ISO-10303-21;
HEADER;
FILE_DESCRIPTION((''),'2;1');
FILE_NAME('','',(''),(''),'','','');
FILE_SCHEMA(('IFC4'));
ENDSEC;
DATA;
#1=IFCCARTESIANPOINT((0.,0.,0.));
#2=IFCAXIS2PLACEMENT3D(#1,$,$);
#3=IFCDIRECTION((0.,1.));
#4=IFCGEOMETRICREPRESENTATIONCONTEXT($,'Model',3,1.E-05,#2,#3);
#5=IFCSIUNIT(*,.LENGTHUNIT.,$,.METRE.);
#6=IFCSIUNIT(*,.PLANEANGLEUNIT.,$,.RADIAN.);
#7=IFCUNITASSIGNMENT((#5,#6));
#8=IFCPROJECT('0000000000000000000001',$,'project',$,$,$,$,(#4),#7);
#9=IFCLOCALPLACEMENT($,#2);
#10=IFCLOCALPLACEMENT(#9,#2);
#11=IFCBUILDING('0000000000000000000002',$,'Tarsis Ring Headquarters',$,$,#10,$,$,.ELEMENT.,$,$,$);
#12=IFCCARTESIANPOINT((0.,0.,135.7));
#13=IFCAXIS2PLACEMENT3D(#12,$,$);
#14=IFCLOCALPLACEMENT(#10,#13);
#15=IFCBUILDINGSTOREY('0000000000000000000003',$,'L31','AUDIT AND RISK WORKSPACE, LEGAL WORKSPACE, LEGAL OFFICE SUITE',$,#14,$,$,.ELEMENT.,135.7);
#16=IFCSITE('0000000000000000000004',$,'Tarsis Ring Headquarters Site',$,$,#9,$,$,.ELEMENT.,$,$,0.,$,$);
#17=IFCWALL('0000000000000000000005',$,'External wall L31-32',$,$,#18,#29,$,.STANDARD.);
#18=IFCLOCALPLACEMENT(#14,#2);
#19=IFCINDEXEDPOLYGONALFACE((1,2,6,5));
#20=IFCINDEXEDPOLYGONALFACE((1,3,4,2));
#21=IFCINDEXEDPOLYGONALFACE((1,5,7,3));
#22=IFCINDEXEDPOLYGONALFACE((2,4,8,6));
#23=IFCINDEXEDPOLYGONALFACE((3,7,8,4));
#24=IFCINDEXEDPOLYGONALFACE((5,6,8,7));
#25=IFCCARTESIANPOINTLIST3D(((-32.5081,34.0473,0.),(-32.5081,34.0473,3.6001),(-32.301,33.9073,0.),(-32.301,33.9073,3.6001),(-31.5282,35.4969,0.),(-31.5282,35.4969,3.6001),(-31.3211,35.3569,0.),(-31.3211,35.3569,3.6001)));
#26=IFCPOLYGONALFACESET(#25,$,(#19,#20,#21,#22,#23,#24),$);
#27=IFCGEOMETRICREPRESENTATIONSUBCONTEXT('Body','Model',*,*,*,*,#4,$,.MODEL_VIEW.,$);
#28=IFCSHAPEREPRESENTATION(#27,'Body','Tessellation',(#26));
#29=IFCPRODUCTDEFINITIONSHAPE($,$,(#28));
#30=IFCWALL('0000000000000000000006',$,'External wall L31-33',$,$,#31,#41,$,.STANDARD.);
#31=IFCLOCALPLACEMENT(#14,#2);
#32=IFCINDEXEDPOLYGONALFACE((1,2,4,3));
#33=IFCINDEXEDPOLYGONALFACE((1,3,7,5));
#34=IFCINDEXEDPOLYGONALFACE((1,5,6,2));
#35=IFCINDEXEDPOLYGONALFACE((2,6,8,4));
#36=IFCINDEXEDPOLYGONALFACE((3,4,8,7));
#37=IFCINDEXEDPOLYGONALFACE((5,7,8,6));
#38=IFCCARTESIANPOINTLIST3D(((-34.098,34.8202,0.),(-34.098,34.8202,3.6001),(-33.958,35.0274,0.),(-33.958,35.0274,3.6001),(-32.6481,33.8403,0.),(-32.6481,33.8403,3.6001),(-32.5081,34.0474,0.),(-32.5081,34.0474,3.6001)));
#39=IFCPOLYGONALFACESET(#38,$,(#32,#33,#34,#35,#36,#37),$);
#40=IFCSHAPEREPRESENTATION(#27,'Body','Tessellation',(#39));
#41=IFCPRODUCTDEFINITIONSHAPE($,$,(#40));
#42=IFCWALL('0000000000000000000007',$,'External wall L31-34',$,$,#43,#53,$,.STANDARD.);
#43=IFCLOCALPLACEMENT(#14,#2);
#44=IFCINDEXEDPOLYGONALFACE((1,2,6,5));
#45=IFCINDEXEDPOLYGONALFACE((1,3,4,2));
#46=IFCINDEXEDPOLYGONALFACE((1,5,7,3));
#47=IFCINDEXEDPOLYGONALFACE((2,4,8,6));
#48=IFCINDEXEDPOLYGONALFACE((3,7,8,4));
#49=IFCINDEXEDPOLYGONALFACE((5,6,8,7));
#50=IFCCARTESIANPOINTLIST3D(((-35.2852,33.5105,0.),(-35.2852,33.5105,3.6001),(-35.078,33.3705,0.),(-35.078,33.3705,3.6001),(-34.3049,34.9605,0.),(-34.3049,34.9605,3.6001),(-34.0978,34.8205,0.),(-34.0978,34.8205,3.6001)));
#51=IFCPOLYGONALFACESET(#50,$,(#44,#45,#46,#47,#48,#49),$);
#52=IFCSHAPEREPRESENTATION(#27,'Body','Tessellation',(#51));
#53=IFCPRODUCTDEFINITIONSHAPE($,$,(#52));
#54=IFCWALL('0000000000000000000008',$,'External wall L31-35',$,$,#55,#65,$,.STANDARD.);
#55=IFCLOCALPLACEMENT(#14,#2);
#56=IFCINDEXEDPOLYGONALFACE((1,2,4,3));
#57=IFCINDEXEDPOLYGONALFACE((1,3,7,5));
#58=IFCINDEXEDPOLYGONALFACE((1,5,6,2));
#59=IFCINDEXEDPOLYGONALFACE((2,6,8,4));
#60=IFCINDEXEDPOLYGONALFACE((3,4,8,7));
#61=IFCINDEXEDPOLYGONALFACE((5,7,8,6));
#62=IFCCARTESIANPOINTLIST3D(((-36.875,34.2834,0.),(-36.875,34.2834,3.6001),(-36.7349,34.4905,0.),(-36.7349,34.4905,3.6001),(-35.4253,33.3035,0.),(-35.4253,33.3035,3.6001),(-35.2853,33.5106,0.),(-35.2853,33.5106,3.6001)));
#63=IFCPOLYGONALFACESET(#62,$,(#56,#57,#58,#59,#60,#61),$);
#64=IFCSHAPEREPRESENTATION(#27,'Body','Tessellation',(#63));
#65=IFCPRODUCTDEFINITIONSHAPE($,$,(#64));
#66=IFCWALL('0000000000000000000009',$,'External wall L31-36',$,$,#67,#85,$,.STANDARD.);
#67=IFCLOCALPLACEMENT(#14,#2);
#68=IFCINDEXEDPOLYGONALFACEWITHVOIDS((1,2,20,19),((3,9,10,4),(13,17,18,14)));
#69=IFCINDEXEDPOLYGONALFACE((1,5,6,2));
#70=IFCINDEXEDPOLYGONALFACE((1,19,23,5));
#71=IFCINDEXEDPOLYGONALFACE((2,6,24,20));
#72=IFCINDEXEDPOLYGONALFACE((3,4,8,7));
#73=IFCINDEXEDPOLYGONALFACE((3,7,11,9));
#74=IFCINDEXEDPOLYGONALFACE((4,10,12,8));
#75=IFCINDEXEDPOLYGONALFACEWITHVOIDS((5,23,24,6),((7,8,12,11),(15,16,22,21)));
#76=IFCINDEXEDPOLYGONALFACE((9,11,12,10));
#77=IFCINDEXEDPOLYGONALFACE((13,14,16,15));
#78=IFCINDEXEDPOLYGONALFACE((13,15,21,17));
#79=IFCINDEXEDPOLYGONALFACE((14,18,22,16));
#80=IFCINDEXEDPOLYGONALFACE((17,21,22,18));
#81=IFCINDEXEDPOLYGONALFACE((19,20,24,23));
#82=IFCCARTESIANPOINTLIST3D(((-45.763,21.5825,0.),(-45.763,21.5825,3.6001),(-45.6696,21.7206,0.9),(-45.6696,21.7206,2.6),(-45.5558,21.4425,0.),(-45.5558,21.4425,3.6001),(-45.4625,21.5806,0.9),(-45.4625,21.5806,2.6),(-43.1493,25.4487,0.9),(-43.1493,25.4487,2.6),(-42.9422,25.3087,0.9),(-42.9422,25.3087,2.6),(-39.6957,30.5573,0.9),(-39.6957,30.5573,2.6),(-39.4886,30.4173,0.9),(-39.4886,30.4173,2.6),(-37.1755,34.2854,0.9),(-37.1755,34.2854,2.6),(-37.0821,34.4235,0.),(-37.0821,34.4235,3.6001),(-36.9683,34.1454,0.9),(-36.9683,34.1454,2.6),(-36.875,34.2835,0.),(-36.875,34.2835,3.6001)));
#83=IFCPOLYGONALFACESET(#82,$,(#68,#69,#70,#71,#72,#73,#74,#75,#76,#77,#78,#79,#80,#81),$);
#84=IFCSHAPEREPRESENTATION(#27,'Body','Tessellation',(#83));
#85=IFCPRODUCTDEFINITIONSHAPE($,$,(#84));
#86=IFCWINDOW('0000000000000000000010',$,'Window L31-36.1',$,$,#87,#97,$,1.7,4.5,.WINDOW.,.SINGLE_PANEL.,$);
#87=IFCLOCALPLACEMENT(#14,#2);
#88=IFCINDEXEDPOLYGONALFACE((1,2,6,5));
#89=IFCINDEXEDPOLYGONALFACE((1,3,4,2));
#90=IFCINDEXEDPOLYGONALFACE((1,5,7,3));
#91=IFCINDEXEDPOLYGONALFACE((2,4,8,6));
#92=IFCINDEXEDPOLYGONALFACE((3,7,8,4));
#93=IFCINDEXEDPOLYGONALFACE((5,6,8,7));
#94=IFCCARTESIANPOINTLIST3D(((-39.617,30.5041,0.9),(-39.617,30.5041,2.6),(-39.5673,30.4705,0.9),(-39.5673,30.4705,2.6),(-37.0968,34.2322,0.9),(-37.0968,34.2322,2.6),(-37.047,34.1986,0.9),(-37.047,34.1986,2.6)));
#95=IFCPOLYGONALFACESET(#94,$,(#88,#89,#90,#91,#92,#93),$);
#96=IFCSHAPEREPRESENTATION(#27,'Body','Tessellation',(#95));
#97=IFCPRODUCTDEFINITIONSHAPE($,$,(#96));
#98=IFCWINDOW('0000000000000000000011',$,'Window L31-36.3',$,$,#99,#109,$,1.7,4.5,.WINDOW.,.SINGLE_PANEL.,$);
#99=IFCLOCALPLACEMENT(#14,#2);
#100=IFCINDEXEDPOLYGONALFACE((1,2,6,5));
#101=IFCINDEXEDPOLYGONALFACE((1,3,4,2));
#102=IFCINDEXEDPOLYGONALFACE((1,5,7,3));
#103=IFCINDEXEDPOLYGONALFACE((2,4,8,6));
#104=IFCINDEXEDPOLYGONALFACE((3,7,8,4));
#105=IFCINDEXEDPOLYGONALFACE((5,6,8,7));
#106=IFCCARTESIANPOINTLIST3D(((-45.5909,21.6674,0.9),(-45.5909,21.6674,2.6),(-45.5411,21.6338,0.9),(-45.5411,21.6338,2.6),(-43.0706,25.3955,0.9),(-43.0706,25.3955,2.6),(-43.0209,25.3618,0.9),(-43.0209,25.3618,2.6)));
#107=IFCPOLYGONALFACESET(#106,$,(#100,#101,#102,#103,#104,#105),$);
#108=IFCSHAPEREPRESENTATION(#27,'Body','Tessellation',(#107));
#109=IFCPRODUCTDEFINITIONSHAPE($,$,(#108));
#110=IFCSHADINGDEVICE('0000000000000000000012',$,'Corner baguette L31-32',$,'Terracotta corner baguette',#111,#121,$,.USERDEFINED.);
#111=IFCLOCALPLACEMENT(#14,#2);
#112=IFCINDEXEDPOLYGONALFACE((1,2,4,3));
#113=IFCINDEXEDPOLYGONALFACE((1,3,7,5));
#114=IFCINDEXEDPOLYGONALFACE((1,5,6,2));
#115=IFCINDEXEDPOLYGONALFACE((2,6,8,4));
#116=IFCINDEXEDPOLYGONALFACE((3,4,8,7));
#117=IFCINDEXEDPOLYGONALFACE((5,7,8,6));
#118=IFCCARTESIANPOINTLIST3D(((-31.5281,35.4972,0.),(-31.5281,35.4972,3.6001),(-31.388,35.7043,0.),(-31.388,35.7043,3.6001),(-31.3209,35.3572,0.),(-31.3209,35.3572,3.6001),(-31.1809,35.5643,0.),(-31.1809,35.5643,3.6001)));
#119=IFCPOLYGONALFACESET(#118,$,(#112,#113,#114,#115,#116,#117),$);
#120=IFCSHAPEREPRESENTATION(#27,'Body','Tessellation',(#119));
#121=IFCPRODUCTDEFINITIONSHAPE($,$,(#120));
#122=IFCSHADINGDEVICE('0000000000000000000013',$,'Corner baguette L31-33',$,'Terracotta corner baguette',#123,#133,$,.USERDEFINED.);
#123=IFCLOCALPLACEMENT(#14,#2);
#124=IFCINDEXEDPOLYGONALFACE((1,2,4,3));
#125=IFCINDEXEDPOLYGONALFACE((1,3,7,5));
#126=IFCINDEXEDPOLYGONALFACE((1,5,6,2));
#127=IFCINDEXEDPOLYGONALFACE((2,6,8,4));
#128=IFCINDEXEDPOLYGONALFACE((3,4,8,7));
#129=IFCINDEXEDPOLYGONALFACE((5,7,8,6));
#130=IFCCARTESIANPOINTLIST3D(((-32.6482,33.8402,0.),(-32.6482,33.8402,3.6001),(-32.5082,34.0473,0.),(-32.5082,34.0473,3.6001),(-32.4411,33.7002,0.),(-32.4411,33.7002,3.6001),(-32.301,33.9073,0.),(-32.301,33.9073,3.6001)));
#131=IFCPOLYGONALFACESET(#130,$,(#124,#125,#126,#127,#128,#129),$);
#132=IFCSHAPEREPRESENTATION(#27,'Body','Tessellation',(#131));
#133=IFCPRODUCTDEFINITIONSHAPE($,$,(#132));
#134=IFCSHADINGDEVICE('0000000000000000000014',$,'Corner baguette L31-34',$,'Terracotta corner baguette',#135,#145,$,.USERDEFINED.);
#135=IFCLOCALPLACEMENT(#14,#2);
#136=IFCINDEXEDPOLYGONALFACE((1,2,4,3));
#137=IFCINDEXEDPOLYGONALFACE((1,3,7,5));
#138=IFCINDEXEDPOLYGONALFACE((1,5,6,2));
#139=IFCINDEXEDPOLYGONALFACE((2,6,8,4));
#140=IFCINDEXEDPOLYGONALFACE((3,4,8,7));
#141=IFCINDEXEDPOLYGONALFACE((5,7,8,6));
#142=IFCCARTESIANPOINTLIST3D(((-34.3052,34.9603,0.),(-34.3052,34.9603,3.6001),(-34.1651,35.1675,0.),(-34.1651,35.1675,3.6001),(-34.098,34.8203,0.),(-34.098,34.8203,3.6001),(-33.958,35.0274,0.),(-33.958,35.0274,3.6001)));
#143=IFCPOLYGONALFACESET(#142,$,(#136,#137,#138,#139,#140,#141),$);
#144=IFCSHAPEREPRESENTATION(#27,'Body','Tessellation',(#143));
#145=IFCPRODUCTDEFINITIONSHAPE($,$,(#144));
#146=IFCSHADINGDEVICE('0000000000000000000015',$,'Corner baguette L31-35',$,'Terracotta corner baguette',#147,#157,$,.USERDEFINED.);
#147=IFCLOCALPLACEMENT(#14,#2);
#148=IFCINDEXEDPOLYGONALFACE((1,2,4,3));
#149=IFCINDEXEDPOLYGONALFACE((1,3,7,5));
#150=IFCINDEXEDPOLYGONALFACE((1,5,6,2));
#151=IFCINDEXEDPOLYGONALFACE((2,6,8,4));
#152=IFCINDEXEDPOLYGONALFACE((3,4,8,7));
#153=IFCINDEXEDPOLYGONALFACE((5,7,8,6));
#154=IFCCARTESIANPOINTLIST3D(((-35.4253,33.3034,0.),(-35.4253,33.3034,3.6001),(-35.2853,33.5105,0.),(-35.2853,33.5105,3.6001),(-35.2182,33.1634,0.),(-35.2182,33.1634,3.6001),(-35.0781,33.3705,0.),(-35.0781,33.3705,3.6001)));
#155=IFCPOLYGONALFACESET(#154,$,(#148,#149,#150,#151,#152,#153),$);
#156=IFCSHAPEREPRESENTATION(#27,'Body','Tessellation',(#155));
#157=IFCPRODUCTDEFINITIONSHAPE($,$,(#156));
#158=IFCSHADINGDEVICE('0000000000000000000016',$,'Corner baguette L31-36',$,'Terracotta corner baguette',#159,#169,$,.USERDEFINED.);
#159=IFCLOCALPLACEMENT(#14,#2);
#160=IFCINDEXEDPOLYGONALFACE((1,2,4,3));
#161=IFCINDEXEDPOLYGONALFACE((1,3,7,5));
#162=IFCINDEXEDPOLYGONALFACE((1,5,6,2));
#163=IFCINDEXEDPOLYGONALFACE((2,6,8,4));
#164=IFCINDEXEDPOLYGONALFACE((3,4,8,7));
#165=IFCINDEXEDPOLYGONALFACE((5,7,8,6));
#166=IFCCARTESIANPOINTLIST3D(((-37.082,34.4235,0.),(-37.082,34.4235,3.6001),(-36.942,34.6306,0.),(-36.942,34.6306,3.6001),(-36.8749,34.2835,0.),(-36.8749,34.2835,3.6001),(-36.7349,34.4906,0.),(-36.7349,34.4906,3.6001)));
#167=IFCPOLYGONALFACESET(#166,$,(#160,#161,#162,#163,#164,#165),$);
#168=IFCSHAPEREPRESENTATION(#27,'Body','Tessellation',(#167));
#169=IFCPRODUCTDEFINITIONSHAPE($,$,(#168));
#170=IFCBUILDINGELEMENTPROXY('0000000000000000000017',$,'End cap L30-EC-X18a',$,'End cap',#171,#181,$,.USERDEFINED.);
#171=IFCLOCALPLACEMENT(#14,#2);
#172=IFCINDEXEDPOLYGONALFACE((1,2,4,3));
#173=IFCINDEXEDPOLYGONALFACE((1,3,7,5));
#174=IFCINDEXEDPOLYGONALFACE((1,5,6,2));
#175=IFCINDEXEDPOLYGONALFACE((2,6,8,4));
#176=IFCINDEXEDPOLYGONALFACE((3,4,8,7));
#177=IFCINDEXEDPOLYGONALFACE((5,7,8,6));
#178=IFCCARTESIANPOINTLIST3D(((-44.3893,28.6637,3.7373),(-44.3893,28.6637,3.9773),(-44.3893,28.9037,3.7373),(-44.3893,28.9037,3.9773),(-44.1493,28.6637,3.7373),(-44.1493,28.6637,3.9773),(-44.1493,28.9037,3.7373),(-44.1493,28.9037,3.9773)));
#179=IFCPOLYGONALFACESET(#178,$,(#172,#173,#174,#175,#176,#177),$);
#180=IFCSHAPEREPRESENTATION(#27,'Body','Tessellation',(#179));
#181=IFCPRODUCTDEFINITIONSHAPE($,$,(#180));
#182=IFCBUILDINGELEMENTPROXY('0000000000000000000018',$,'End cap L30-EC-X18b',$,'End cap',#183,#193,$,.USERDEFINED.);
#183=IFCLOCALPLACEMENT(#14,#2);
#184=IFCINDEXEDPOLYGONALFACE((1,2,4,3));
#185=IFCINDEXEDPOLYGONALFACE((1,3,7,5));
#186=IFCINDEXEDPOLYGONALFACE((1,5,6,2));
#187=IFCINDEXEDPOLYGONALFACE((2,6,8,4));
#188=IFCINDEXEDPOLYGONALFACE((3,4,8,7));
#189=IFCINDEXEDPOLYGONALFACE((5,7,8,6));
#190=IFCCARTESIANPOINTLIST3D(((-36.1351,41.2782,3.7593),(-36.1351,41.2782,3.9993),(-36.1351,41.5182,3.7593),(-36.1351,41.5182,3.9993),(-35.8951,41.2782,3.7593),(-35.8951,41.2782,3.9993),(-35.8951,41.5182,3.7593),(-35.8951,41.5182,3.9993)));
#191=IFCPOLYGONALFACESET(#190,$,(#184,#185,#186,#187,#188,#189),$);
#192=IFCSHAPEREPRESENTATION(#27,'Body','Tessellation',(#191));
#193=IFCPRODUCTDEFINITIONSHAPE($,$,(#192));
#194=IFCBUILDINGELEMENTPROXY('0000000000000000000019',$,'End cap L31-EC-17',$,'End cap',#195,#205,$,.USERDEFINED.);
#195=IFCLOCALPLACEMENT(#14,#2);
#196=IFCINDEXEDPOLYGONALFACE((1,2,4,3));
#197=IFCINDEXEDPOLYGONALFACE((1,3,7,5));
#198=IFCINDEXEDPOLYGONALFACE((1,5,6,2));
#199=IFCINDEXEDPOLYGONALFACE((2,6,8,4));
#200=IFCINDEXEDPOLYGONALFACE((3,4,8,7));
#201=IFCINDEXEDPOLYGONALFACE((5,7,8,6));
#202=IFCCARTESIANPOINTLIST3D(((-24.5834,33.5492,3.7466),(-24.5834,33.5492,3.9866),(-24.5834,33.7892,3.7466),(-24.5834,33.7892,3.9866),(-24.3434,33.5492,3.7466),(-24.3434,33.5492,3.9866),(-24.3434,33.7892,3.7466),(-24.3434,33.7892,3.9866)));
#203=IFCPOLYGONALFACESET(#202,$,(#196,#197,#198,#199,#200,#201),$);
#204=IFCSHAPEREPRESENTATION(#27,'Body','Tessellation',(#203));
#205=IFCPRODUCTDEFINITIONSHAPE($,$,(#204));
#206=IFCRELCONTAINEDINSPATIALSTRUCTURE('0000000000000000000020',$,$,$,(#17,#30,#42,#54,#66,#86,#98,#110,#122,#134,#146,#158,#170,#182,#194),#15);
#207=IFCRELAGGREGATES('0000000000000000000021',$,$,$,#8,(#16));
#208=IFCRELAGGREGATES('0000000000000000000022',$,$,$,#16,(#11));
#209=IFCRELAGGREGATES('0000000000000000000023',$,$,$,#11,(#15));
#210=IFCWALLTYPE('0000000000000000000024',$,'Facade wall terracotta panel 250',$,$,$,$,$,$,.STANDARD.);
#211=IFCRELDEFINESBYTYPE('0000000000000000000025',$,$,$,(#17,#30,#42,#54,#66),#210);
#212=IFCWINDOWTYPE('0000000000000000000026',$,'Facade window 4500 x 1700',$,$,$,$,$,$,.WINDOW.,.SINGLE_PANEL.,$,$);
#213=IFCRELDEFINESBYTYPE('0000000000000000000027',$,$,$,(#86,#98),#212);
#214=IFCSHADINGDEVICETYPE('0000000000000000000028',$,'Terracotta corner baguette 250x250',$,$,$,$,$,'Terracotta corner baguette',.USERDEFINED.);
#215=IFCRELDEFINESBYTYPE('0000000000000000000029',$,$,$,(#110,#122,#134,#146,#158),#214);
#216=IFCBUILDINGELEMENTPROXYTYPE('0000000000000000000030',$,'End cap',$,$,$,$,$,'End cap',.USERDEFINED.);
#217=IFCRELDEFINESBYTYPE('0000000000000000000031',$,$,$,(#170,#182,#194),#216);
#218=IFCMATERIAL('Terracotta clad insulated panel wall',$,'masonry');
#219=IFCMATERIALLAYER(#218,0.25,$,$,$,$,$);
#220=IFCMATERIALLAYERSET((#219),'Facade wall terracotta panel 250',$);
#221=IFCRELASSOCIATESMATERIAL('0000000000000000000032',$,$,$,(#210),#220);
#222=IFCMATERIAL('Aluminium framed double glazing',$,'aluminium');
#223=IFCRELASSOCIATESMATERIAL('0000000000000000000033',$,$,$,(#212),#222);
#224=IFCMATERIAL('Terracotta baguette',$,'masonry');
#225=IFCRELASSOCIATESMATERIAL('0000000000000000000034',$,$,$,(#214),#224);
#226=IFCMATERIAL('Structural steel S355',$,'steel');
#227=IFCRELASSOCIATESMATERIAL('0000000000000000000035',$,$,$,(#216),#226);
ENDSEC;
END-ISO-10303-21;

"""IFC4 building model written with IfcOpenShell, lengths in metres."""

from ifc_helpers import new_model, si_unit, direction, frame, frame_2d, origin, origin_2d, place, context, subcontext, project, spatial, rectangle, extrude, material, layer, layer_set, type_object, element, fill, save


model = new_model("IFC4")

# Units and contexts
model_context = context("Model", 3, precision=1e-05, world=origin(), true_north=direction((0.0, 1.0)))
body_context = subcontext(model_context, "Body", "Model", "MODEL_VIEW")
ifc_project = project(units=[si_unit("LENGTHUNIT", "METRE"), si_unit("PLANEANGLEUNIT", "RADIAN")], contexts=[model_context])

# Site, building, storey
site_placement = place(None, origin())
site = spatial("IfcSite", under=ifc_project, at=site_placement, Name="Tarsis Ring Headquarters Site", CompositionType="ELEMENT", RefElevation=0.0)
building_placement = place(site_placement, origin())
building = spatial("IfcBuilding", under=site, at=building_placement, Name="Tarsis Ring Headquarters", CompositionType="ELEMENT")
storey_placement = place(building_placement, frame((0.0, 0.0, 135.7)))
storey = spatial("IfcBuildingStorey", under=building, at=storey_placement, Name="L31", Description="AUDIT AND RISK WORKSPACE, LEGAL WORKSPACE, LEGAL OFFICE SUITE", CompositionType="ELEMENT", Elevation=135.7)

# Shared definitions
ifc_material_1 = material(Name="Structural steel S355", Category="steel")

# Walls
ifc_material_2 = material(Name="Terracotta clad insulated panel wall", Category="masonry")
ifc_layer_1 = layer(ifc_material_2, 0.25)
ifc_layer_set_1 = layer_set([ifc_layer_1], Name="Facade wall terracotta panel 250")
wall_type_1 = type_object("IfcWallType", Name="Facade wall terracotta panel 250", PredefinedType="STANDARD", material=ifc_layer_set_1)
wall_1_placement = place(storey_placement, frame((-31.4246, 35.427, 0.0), z_axis=(0.0, 0.0, 1.0), x_axis=(-0.560033, -0.82847, 0.0)))
element("IfcWall", 1, at=wall_1_placement, inside=storey, type_object=wall_type_1, Name="External wall L31-32", PredefinedType="STANDARD", context=body_context, shape_type="SweptSolid", body=[
    extrude(rectangle(XDim=1.7498, YDim=0.25, at=frame_2d((0.875, 0.0))), origin(), (0.0, 0.0, 1.0), 3.6001),
])
wall_2_placement = place(storey_placement, frame((-32.5781, 33.9438, 0.0), z_axis=(0.0, 0.0, 1.0), x_axis=(-0.828514, 0.559969, 0.0)))
element("IfcWall", 2, at=wall_2_placement, inside=storey, type_object=wall_type_1, Name="External wall L31-33", PredefinedType="STANDARD", context=body_context, shape_type="SweptSolid", body=[
    extrude(rectangle(XDim=1.75, YDim=0.25, at=frame_2d((0.875, 0.0))), origin(), (0.0, 0.0, 1.0), 3.6001),
])
wall_3_placement = place(storey_placement, frame((-34.2014, 34.8904, 0.0), z_axis=(0.0, 0.0, 1.0), x_axis=(-0.560064, -0.828449, 0.0)))
element("IfcWall", 3, at=wall_3_placement, inside=storey, type_object=wall_type_1, Name="External wall L31-34", PredefinedType="STANDARD", context=body_context, shape_type="SweptSolid", body=[
    extrude(rectangle(XDim=1.7502, YDim=0.25, at=frame_2d((0.875, 0.0))), origin(), (0.0, 0.0, 1.0), 3.6001),
])
wall_4_placement = place(storey_placement, frame((-35.3552, 33.407, 0.0), z_axis=(0.0, 0.0, 1.0), x_axis=(-0.82847, 0.560033, 0.0)))
element("IfcWall", 4, at=wall_4_placement, inside=storey, type_object=wall_type_1, Name="External wall L31-35", PredefinedType="STANDARD", context=body_context, shape_type="SweptSolid", body=[
    extrude(rectangle(XDim=1.7498, YDim=0.25, at=frame_2d((0.875, 0.0))), origin(), (0.0, 0.0, 1.0), 3.6001),
])

# Wall, openings, windows
wall_5_placement = place(storey_placement, frame((-36.9785, 34.3535, 0.0), z_axis=(0.0, 0.0, 1.0), x_axis=(-0.560057, -0.828454, 0.0)))
wall_5 = element("IfcWall", 5, at=wall_5_placement, inside=storey, type_object=wall_type_1, Name="External wall L31-36", PredefinedType="STANDARD", context=body_context, shape_type="SweptSolid", body=[
    extrude(rectangle(XDim=15.5, YDim=0.25, at=frame_2d((7.75, 0.0))), origin(), (0.0, 0.0, 1.0), 3.6001),
])
opening_1_placement = place(wall_5_placement, frame((0.1667, 0.0, 0.8999)))
opening_1 = element("IfcOpeningElement", 6, at=opening_1_placement, cuts=wall_5, PredefinedType="OPENING", context=body_context, shape_type="SweptSolid", body=[
    extrude(rectangle(XDim=4.5, YDim=1.7, at=frame_2d((2.25, 0.8501))), frame((0.0, 0.135, 0.0), z_axis=(0.0, -1.0, 0.0), x_axis=(1.0, 0.0, 0.0)), (0.0, 0.0, 1.0), 0.27),
])
opening_2_placement = place(wall_5_placement, frame((10.8333, 0.0, 0.8999)))
opening_2 = element("IfcOpeningElement", 7, at=opening_2_placement, cuts=wall_5, PredefinedType="OPENING", context=body_context, shape_type="SweptSolid", body=[
    extrude(rectangle(XDim=4.5, YDim=1.7, at=frame_2d((2.25, 0.8501))), frame((0.0, 0.135, 0.0), z_axis=(0.0, -1.0, 0.0), x_axis=(1.0, 0.0, 0.0)), (0.0, 0.0, 1.0), 0.27),
])
ifc_material_3 = material(Name="Aluminium framed double glazing", Category="aluminium")
window_type = type_object("IfcWindowType", Name="Facade window 4500 x 1700", PartitioningType="SINGLE_PANEL", PredefinedType="WINDOW", material=ifc_material_3)
window_1_placement = place(opening_1_placement, origin())
window_1 = element("IfcWindow", 8, at=window_1_placement, inside=storey, type_object=window_type, Name="Window L31-36.1", OverallHeight=1.7, OverallWidth=4.5, PartitioningType="SINGLE_PANEL", PredefinedType="WINDOW", context=body_context, shape_type="SweptSolid", body=[
    extrude(rectangle(XDim=4.5, YDim=1.7, at=frame_2d((2.25, 0.8501))), frame((0.0, 0.03, 0.0), z_axis=(0.0, -1.0, 0.0), x_axis=(1.0, 0.0, 0.0)), (0.0, 0.0, 1.0), 0.0601),
])
fill(opening_1, window_1)
window_2_placement = place(opening_2_placement, origin())
window_2 = element("IfcWindow", 9, at=window_2_placement, inside=storey, type_object=window_type, Name="Window L31-36.3", OverallHeight=1.7, OverallWidth=4.5, PartitioningType="SINGLE_PANEL", PredefinedType="WINDOW", context=body_context, shape_type="SweptSolid", body=[
    extrude(rectangle(XDim=4.5, YDim=1.7, at=frame_2d((2.25, 0.8501))), frame((0.0, 0.03, 0.0), z_axis=(0.0, -1.0, 0.0), x_axis=(1.0, 0.0, 0.0)), (0.0, 0.0, 1.0), 0.0601),
])
fill(opening_2, window_2)

# Shading devices
ifc_material_4 = material(Name="Terracotta baguette", Category="masonry")
shading_device_type = type_object("IfcShadingDeviceType", Name="Terracotta corner baguette 250x250", ElementType="Terracotta corner baguette", PredefinedType="USERDEFINED", material=ifc_material_4)
for number, where, z_axis, x_axis, name in (
    (10, (-31.3545, 35.5308, 0.0), (0.0, 0.0, 1.0), (-0.828452, 0.560061, 0.0), "Corner baguette L31-32"),
    (11, (-32.4746, 33.8738, 0.0), (0.0, 0.0, 1.0), (-0.560061, -0.828452, 0.0), "Corner baguette L31-33"),
    (12, (-34.1316, 34.9939, 0.0), (0.0, 0.0, 1.0), (-0.828452, 0.560061, 0.0), "Corner baguette L31-34"),
    (13, (-35.2517, 33.3369, 0.0), (0.0, 0.0, 1.0), (-0.560061, -0.828451, 0.0), "Corner baguette L31-35"),
    (14, (-36.9084, 34.457, 0.0), (0.0, 0.0, 1.0), (-0.828452, 0.560061, 0.0), "Corner baguette L31-36"),
):
    element("IfcShadingDevice", number, at=place(storey_placement, frame(where, z_axis=z_axis, x_axis=x_axis)), inside=storey, type_object=shading_device_type, Name=name, ObjectType="Terracotta corner baguette", PredefinedType="USERDEFINED", context=body_context, shape_type="SweptSolid", body=[
        extrude(rectangle(XDim=0.25, YDim=0.25, at=origin_2d()), origin(), (0.0, 0.0, 1.0), 3.6001),
    ])

# Building element proxies
building_element_proxy_type = type_object("IfcBuildingElementProxyType", Name="End cap", ElementType="End cap", PredefinedType="USERDEFINED", material=ifc_material_1)
for number, where, z_axis, x_axis, name in (
    (15, (-44.2693, 28.7837, 3.7373), (0.0, 0.0, 1.0), (1.0, 0.0, 0.0), "End cap L30-EC-X18a"),
    (16, (-36.0151, 41.3982, 3.7593), (0.0, 0.0, 1.0), (1.0, 0.0, 0.0), "End cap L30-EC-X18b"),
    (17, (-24.4634, 33.6692, 3.7466), (0.0, 0.0, 1.0), (1.0, 0.0, 0.0), "End cap L31-EC-17"),
):
    element("IfcBuildingElementProxy", number, at=place(storey_placement, frame(where, z_axis=z_axis, x_axis=x_axis)), inside=storey, type_object=building_element_proxy_type, Name=name, ObjectType="End cap", PredefinedType="USERDEFINED", context=body_context, shape_type="SweptSolid", body=[
        extrude(rectangle(XDim=0.24, YDim=0.24, at=origin_2d()), origin(), (0.0, 0.0, 1.0), 0.24),
    ])

save(model, "model.ifc")
